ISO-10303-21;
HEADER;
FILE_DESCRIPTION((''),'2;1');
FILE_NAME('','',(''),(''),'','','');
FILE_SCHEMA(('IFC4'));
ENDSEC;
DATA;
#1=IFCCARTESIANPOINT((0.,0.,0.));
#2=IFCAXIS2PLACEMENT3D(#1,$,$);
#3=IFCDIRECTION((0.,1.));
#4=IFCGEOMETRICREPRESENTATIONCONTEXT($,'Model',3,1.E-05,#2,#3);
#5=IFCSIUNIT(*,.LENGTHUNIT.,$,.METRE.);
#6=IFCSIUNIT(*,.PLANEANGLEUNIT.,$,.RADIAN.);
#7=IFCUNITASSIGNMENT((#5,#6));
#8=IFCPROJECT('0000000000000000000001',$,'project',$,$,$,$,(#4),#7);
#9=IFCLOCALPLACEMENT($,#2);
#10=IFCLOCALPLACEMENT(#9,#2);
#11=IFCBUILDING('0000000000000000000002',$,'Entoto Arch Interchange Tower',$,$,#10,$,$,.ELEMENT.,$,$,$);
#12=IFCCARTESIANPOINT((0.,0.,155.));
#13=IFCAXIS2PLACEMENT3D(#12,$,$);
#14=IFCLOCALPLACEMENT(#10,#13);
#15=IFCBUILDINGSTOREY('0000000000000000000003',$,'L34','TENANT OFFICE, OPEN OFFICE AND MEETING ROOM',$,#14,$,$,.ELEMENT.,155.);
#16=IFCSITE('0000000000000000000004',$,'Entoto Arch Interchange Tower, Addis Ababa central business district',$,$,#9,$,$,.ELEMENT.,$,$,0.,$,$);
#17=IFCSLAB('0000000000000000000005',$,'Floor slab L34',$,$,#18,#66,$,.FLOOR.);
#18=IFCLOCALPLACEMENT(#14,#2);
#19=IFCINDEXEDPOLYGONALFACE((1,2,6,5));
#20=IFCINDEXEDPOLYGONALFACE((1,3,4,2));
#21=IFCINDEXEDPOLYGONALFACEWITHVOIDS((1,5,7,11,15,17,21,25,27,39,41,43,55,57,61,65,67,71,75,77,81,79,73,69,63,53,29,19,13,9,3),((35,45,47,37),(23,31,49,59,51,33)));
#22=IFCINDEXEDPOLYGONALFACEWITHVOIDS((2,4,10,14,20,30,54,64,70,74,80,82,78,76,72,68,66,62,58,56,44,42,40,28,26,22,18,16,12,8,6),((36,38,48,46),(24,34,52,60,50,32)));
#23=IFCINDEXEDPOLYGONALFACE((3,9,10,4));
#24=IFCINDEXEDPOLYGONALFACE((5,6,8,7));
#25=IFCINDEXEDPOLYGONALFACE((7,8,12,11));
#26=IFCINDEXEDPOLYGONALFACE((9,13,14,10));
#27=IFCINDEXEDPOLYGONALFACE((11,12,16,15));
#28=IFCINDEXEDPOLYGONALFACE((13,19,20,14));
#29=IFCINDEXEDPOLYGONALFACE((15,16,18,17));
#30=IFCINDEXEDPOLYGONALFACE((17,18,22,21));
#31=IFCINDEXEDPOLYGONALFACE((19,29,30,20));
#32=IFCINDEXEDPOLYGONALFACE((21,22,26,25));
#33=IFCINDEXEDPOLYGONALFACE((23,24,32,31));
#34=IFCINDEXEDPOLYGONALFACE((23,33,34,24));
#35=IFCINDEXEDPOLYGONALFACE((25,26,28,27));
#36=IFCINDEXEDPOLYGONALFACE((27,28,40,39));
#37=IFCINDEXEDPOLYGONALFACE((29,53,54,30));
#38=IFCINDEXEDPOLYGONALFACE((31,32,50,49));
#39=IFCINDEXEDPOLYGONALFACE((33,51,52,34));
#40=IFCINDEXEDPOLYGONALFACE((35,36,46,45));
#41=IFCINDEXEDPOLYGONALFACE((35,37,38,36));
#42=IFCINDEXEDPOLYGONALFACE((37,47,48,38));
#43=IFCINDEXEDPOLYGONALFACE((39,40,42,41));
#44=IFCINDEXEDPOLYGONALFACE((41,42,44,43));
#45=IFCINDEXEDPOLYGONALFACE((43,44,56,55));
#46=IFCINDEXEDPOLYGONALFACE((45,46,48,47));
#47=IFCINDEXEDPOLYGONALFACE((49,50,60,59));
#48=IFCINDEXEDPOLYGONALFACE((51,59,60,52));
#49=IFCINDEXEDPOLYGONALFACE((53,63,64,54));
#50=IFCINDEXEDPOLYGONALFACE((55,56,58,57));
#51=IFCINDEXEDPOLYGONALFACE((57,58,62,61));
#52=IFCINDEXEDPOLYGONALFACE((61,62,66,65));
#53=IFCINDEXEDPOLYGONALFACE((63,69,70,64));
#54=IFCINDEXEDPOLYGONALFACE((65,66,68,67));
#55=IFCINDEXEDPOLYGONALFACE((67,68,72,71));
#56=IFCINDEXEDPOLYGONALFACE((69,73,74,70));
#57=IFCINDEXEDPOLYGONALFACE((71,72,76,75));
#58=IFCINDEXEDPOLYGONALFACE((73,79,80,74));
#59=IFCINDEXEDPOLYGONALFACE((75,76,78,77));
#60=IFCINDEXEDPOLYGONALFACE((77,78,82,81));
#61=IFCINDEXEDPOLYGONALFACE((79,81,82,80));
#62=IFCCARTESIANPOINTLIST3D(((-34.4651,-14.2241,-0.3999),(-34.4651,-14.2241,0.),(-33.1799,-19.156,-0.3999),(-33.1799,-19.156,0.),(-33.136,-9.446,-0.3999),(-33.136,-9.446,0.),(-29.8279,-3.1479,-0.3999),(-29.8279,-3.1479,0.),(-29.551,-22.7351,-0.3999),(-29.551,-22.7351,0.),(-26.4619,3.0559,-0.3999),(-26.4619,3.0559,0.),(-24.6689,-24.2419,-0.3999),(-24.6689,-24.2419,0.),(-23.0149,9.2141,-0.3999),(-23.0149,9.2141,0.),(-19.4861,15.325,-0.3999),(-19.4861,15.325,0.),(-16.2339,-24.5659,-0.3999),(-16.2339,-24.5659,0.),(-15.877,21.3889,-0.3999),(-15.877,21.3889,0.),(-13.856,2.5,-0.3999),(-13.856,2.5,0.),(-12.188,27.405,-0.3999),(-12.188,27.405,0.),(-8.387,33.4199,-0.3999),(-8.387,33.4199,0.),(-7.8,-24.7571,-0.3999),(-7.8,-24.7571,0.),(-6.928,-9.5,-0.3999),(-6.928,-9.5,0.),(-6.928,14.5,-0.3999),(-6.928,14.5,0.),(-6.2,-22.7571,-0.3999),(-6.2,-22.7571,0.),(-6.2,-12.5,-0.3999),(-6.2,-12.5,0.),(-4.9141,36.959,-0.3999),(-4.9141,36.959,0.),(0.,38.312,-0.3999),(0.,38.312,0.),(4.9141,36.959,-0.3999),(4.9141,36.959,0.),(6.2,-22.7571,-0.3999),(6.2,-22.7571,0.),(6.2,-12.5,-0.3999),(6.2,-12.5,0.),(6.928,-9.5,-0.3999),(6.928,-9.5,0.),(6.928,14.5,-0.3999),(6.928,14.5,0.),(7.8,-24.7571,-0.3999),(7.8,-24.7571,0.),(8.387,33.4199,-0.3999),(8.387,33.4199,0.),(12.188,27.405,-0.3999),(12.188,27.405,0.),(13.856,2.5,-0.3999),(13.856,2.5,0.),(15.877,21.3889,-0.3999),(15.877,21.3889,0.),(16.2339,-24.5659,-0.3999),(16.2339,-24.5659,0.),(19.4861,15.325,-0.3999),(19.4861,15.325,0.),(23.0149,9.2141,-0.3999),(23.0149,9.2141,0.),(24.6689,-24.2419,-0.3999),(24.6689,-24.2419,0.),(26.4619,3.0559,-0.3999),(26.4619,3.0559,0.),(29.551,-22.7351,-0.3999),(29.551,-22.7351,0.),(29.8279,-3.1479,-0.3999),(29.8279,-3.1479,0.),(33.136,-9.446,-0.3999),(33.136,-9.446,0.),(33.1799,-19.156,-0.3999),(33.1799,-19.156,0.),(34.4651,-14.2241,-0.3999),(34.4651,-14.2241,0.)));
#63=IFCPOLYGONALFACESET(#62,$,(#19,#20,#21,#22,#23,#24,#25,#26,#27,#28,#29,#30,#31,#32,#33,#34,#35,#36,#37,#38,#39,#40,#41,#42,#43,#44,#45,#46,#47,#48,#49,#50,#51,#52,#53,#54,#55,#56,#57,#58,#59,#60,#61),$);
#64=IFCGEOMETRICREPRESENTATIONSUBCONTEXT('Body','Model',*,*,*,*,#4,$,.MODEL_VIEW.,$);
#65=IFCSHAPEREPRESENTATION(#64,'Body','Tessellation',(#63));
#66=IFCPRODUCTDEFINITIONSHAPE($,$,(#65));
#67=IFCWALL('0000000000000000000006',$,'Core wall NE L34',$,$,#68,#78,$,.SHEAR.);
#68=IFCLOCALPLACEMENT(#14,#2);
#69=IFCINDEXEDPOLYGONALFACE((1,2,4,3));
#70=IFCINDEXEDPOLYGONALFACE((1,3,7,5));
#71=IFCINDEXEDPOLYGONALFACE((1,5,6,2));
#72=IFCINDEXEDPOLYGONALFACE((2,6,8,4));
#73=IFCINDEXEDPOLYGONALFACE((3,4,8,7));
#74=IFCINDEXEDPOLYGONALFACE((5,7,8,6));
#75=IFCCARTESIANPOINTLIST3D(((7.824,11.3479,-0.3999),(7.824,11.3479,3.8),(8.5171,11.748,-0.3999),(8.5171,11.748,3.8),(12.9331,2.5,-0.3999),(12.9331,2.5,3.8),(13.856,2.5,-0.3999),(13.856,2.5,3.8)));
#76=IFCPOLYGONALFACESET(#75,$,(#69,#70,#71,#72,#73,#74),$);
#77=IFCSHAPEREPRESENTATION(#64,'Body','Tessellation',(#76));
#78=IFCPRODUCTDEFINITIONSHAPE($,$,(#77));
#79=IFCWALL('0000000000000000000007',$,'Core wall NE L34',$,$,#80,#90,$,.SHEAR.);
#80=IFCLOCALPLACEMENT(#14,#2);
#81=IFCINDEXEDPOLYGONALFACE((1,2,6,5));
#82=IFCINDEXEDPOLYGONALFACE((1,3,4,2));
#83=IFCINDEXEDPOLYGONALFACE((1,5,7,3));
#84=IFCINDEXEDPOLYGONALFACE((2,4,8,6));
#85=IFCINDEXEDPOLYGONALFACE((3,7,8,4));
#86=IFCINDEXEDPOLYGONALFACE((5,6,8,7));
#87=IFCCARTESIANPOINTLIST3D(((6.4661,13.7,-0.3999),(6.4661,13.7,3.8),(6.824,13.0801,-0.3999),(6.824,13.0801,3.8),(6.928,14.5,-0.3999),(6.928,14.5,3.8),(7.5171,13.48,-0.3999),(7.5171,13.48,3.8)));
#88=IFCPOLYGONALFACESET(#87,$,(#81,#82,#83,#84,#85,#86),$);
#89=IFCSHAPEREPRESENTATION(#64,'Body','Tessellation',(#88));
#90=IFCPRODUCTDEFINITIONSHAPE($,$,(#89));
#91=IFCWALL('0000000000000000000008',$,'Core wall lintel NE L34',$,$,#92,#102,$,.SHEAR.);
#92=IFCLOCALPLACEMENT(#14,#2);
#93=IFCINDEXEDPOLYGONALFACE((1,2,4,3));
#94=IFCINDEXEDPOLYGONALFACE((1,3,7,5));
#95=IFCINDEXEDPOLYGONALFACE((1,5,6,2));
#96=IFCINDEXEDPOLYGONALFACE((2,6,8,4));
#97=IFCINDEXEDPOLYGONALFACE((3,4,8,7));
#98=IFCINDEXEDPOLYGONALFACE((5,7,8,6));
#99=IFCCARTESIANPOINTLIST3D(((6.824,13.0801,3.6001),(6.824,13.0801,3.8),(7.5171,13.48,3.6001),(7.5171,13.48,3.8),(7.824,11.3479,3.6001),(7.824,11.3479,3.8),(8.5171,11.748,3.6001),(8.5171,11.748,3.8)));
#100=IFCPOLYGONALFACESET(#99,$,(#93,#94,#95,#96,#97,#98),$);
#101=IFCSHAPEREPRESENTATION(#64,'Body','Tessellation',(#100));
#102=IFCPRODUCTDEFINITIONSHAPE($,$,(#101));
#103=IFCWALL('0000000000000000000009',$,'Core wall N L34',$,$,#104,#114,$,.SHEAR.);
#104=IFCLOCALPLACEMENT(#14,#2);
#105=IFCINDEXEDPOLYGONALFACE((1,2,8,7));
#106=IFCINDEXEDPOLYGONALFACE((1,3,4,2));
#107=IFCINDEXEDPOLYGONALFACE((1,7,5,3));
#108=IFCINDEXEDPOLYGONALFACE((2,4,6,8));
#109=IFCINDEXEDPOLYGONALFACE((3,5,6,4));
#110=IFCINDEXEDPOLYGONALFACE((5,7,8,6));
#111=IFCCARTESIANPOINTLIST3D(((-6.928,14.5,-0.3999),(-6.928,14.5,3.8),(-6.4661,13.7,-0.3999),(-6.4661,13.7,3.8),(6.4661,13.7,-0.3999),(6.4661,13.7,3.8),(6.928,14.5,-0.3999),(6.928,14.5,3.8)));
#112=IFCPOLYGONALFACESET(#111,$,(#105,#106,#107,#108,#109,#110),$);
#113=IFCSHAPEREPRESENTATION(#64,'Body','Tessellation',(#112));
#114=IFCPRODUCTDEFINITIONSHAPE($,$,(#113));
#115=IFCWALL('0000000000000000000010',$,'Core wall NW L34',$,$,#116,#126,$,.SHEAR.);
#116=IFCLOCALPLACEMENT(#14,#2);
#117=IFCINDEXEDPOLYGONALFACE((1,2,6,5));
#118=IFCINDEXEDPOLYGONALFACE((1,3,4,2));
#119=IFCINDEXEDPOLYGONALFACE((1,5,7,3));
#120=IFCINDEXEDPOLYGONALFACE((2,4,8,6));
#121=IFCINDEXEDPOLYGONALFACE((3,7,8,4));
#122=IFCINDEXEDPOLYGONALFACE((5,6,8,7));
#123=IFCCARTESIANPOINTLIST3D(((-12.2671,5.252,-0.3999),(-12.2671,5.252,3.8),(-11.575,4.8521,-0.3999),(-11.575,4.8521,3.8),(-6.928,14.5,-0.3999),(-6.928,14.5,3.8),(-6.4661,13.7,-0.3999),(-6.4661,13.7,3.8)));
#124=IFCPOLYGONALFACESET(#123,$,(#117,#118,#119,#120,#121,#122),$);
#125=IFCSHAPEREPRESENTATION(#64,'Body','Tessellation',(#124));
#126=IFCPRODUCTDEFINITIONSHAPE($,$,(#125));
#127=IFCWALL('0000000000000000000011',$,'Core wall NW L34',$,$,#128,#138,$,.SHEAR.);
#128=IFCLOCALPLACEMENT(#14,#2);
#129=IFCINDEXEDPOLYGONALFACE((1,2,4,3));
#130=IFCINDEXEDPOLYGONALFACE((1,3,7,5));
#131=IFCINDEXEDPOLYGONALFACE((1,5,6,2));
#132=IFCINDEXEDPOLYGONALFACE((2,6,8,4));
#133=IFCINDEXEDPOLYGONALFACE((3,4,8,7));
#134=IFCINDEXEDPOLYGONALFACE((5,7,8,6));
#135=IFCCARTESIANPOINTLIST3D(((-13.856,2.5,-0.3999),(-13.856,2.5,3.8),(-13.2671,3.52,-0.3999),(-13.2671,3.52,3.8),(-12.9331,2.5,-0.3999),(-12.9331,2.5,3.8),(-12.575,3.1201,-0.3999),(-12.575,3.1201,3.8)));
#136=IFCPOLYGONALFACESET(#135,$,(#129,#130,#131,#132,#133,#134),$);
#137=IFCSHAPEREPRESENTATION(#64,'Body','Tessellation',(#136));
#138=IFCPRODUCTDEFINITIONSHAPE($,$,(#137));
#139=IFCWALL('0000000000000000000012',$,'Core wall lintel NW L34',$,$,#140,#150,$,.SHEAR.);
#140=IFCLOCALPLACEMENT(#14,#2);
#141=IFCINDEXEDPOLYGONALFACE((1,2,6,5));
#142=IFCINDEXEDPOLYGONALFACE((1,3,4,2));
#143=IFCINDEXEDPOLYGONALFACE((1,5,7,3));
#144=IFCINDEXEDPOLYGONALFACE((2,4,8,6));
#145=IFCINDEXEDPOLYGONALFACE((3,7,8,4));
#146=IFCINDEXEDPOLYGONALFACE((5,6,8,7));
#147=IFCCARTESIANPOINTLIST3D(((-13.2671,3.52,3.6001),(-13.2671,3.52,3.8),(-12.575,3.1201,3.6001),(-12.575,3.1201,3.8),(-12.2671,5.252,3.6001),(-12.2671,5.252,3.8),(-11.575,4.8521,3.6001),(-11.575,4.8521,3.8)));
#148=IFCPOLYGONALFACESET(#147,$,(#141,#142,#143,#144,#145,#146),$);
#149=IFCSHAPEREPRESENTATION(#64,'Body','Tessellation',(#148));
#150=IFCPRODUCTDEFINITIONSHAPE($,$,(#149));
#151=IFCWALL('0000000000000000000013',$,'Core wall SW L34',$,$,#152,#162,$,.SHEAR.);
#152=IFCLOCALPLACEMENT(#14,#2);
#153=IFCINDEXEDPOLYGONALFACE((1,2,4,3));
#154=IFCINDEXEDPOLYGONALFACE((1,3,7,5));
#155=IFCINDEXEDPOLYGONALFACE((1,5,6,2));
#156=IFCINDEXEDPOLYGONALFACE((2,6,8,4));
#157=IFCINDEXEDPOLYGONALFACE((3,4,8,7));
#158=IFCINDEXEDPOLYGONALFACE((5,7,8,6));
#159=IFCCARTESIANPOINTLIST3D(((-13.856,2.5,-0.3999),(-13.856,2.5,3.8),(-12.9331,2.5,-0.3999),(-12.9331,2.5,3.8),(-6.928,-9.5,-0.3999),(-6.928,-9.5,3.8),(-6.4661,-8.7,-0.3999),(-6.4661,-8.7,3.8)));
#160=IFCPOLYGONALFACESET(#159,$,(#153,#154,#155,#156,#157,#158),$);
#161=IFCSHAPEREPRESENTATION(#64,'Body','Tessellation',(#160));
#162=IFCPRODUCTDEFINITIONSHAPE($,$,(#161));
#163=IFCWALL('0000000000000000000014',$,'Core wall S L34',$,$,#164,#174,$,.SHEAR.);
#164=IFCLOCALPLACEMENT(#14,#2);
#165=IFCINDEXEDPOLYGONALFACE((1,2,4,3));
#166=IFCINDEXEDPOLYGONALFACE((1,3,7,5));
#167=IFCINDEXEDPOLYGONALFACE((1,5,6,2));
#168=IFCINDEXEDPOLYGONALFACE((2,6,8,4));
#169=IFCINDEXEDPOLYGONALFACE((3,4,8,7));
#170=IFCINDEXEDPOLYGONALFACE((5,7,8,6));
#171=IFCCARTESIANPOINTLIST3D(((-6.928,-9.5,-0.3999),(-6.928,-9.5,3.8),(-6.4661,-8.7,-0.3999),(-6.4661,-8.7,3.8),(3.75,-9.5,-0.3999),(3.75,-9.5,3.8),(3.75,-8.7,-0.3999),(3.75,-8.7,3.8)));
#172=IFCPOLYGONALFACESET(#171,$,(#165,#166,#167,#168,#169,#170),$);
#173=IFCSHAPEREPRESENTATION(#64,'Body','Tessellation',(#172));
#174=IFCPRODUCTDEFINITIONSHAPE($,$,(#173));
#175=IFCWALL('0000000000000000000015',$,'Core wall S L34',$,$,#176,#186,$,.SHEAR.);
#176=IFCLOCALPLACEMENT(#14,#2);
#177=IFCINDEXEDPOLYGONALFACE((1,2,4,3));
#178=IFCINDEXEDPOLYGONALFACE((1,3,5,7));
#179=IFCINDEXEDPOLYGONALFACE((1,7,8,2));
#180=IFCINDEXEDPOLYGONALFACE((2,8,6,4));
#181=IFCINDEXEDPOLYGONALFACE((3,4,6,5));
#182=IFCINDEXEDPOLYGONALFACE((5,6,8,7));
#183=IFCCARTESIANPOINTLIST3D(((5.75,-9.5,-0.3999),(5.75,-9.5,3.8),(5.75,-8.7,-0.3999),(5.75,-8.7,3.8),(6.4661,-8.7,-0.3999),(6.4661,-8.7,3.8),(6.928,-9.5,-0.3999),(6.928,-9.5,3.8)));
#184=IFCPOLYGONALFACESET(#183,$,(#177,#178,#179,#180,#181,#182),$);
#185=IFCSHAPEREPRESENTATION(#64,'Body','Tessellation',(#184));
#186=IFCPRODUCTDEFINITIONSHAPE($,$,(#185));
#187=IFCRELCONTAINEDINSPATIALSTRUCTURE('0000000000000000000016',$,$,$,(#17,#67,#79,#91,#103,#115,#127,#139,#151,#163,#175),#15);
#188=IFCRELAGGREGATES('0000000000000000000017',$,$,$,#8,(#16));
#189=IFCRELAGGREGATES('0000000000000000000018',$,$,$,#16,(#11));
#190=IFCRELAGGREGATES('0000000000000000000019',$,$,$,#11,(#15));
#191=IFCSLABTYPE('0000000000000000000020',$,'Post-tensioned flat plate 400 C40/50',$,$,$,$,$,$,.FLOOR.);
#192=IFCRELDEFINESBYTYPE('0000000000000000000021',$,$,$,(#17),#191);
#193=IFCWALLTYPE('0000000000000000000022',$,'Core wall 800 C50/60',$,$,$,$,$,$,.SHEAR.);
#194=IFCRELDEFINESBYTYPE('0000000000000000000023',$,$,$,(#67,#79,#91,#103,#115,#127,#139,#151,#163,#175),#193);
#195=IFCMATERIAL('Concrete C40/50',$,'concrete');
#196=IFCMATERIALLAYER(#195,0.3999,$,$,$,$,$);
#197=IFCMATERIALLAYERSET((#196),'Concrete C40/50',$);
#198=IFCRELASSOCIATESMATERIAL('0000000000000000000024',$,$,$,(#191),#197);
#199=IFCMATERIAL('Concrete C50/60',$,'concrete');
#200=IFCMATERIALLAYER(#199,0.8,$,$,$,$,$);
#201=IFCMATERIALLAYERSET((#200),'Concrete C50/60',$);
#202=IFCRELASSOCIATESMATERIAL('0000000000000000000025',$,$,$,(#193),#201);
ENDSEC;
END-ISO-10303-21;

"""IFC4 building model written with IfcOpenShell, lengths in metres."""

from ifc_helpers import new_model, si_unit, direction, frame, origin, place, context, subcontext, project, spatial, polyline, outline, extrude, material, layer, layer_set, type_object, element, save


model = new_model("IFC4")

# Units and contexts
model_context = context("Model", 3, precision=1e-05, world=origin(), true_north=direction((0.0, 1.0)))
body_context = subcontext(model_context, "Body", "Model", "MODEL_VIEW")
ifc_project = project(units=[si_unit("LENGTHUNIT", "METRE"), si_unit("PLANEANGLEUNIT", "RADIAN")], contexts=[model_context])

# Site, building, storey
site_placement = place(None, origin())
site = spatial("IfcSite", under=ifc_project, at=site_placement, Name="Entoto Arch Interchange Tower, Addis Ababa central business district", CompositionType="ELEMENT", RefElevation=0.0)
building_placement = place(site_placement, origin())
building = spatial("IfcBuilding", under=site, at=building_placement, Name="Entoto Arch Interchange Tower", CompositionType="ELEMENT")
storey_placement = place(building_placement, frame((0.0, 0.0, 155.0)))
storey = spatial("IfcBuildingStorey", under=building, at=storey_placement, Name="L34", Description="TENANT OFFICE, OPEN OFFICE AND MEETING ROOM", CompositionType="ELEMENT", Elevation=155.0)

# Slab
ifc_material_1 = material(Name="Concrete C40/50", Category="concrete")
ifc_layer_1 = layer(ifc_material_1, 0.3999)
ifc_layer_set_1 = layer_set([ifc_layer_1], Name="Concrete C40/50")
slab_type = type_object("IfcSlabType", Name="Post-tensioned flat plate 400 C40/50", PredefinedType="FLOOR", material=ifc_layer_set_1)
slab_placement = place(storey_placement, frame((0.0, 0.0, -0.3999)))
element("IfcSlab", 1, at=slab_placement, inside=storey, type_object=slab_type, Name="Floor slab L34", PredefinedType="FLOOR", context=body_context, shape_type="SweptSolid", body=[
    extrude(outline(polyline([(-24.6689, -24.2419), (-16.2339, -24.5659), (-7.8, -24.7571), (7.8, -24.7571), (16.2339, -24.5659), (24.6689, -24.2419), (29.551, -22.7351), (33.1799, -19.156), (34.4651, -14.2241), (33.136, -9.446), (29.8279, -3.1479), (26.4619, 3.0559), (23.0149, 9.2141), (19.4861, 15.325), (15.877, 21.3889), (12.188, 27.405), (8.387, 33.4199), (4.9141, 36.959), (0.0, 38.312), (-4.9141, 36.959), (-8.387, 33.4199), (-12.188, 27.405), (-15.877, 21.3889), (-19.4861, 15.325), (-23.0149, 9.2141), (-26.4619, 3.0559), (-29.8279, -3.1479), (-33.136, -9.446), (-34.4651, -14.2241), (-33.1799, -19.156), (-29.551, -22.7351), (-24.6689, -24.2419)]), holes=[polyline([(6.2, -22.7571), (6.2, -12.5), (-6.2, -12.5), (-6.2, -22.7571), (6.2, -22.7571)]), polyline([(13.856, 2.5), (6.928, 14.5), (-6.928, 14.5), (-13.856, 2.5), (-6.928, -9.5), (6.928, -9.5), (13.856, 2.5)])]), origin(), (0.0, 0.0, 1.0), 0.3999),
])

# Walls
ifc_material_2 = material(Name="Concrete C50/60", Category="concrete")
ifc_layer_2 = layer(ifc_material_2, 0.8)
ifc_layer_set_2 = layer_set([ifc_layer_2], Name="Concrete C50/60")
wall_type_1 = type_object("IfcWallType", Name="Core wall 800 C50/60", PredefinedType="SHEAR", material=ifc_layer_set_2)
wall_1_placement = place(storey_placement, frame((0.0, 0.0, -0.3999)))
element("IfcWall", 2, at=wall_1_placement, inside=storey, type_object=wall_type_1, Name="Core wall NE L34", PredefinedType="SHEAR", context=body_context, shape_type="SweptSolid", body=[
    extrude(outline(polyline([(8.5171, 11.748), (7.824, 11.3479), (12.9331, 2.5), (13.856, 2.5), (8.5171, 11.748)])), origin(), (0.0, 0.0, 1.0), 4.2),
])
wall_2_placement = place(storey_placement, frame((0.0, 0.0, -0.3999)))
element("IfcWall", 3, at=wall_2_placement, inside=storey, type_object=wall_type_1, Name="Core wall NE L34", PredefinedType="SHEAR", context=body_context, shape_type="SweptSolid", body=[
    extrude(outline(polyline([(6.824, 13.0801), (7.5171, 13.48), (6.928, 14.5), (6.4661, 13.7), (6.824, 13.0801)])), origin(), (0.0, 0.0, 1.0), 4.2),
])
wall_3_placement = place(storey_placement, frame((0.0, 0.0, 3.6001)))
element("IfcWall", 4, at=wall_3_placement, inside=storey, type_object=wall_type_1, Name="Core wall lintel NE L34", PredefinedType="SHEAR", context=body_context, shape_type="SweptSolid", body=[
    extrude(outline(polyline([(7.5171, 13.48), (6.824, 13.0801), (7.824, 11.3479), (8.5171, 11.748), (7.5171, 13.48)])), origin(), (0.0, 0.0, 1.0), 0.2),
])
wall_4_placement = place(storey_placement, frame((0.0, 0.0, -0.3999)))
element("IfcWall", 5, at=wall_4_placement, inside=storey, type_object=wall_type_1, Name="Core wall N L34", PredefinedType="SHEAR", context=body_context, shape_type="SweptSolid", body=[
    extrude(outline(polyline([(6.928, 14.5), (-6.928, 14.5), (-6.4661, 13.7), (6.4661, 13.7), (6.928, 14.5)])), origin(), (0.0, 0.0, 1.0), 4.2),
])
wall_5_placement = place(storey_placement, frame((0.0, 0.0, -0.3999)))
element("IfcWall", 6, at=wall_5_placement, inside=storey, type_object=wall_type_1, Name="Core wall NW L34", PredefinedType="SHEAR", context=body_context, shape_type="SweptSolid", body=[
    extrude(outline(polyline([(-12.2671, 5.252), (-11.575, 4.8521), (-6.4661, 13.7), (-6.928, 14.5), (-12.2671, 5.252)])), origin(), (0.0, 0.0, 1.0), 4.2),
])
wall_6_placement = place(storey_placement, frame((0.0, 0.0, -0.3999)))
element("IfcWall", 7, at=wall_6_placement, inside=storey, type_object=wall_type_1, Name="Core wall NW L34", PredefinedType="SHEAR", context=body_context, shape_type="SweptSolid", body=[
    extrude(outline(polyline([(-12.575, 3.1201), (-13.2671, 3.52), (-13.856, 2.5), (-12.9331, 2.5), (-12.575, 3.1201)])), origin(), (0.0, 0.0, 1.0), 4.2),
])
wall_7_placement = place(storey_placement, frame((0.0, 0.0, 3.6001)))
element("IfcWall", 8, at=wall_7_placement, inside=storey, type_object=wall_type_1, Name="Core wall lintel NW L34", PredefinedType="SHEAR", context=body_context, shape_type="SweptSolid", body=[
    extrude(outline(polyline([(-13.2671, 3.52), (-12.575, 3.1201), (-11.575, 4.8521), (-12.2671, 5.252), (-13.2671, 3.52)])), origin(), (0.0, 0.0, 1.0), 0.2),
])
wall_8_placement = place(storey_placement, frame((0.0, 0.0, -0.3999)))
element("IfcWall", 9, at=wall_8_placement, inside=storey, type_object=wall_type_1, Name="Core wall SW L34", PredefinedType="SHEAR", context=body_context, shape_type="SweptSolid", body=[
    extrude(outline(polyline([(-13.856, 2.5), (-6.928, -9.5), (-6.4661, -8.7), (-12.9331, 2.5), (-13.856, 2.5)])), origin(), (0.0, 0.0, 1.0), 4.2),
])
wall_9_placement = place(storey_placement, frame((0.0, 0.0, -0.3999)))
element("IfcWall", 10, at=wall_9_placement, inside=storey, type_object=wall_type_1, Name="Core wall S L34", PredefinedType="SHEAR", context=body_context, shape_type="SweptSolid", body=[
    extrude(outline(polyline([(3.75, -9.5), (3.75, -8.7), (-6.4661, -8.7), (-6.928, -9.5), (3.75, -9.5)])), origin(), (0.0, 0.0, 1.0), 4.2),
])
wall_10_placement = place(storey_placement, frame((0.0, 0.0, -0.3999)))
element("IfcWall", 11, at=wall_10_placement, inside=storey, type_object=wall_type_1, Name="Core wall S L34", PredefinedType="SHEAR", context=body_context, shape_type="SweptSolid", body=[
    extrude(outline(polyline([(5.75, -8.7), (5.75, -9.5), (6.928, -9.5), (6.4661, -8.7), (5.75, -8.7)])), origin(), (0.0, 0.0, 1.0), 4.2),
])

save(model, "model.ifc")
